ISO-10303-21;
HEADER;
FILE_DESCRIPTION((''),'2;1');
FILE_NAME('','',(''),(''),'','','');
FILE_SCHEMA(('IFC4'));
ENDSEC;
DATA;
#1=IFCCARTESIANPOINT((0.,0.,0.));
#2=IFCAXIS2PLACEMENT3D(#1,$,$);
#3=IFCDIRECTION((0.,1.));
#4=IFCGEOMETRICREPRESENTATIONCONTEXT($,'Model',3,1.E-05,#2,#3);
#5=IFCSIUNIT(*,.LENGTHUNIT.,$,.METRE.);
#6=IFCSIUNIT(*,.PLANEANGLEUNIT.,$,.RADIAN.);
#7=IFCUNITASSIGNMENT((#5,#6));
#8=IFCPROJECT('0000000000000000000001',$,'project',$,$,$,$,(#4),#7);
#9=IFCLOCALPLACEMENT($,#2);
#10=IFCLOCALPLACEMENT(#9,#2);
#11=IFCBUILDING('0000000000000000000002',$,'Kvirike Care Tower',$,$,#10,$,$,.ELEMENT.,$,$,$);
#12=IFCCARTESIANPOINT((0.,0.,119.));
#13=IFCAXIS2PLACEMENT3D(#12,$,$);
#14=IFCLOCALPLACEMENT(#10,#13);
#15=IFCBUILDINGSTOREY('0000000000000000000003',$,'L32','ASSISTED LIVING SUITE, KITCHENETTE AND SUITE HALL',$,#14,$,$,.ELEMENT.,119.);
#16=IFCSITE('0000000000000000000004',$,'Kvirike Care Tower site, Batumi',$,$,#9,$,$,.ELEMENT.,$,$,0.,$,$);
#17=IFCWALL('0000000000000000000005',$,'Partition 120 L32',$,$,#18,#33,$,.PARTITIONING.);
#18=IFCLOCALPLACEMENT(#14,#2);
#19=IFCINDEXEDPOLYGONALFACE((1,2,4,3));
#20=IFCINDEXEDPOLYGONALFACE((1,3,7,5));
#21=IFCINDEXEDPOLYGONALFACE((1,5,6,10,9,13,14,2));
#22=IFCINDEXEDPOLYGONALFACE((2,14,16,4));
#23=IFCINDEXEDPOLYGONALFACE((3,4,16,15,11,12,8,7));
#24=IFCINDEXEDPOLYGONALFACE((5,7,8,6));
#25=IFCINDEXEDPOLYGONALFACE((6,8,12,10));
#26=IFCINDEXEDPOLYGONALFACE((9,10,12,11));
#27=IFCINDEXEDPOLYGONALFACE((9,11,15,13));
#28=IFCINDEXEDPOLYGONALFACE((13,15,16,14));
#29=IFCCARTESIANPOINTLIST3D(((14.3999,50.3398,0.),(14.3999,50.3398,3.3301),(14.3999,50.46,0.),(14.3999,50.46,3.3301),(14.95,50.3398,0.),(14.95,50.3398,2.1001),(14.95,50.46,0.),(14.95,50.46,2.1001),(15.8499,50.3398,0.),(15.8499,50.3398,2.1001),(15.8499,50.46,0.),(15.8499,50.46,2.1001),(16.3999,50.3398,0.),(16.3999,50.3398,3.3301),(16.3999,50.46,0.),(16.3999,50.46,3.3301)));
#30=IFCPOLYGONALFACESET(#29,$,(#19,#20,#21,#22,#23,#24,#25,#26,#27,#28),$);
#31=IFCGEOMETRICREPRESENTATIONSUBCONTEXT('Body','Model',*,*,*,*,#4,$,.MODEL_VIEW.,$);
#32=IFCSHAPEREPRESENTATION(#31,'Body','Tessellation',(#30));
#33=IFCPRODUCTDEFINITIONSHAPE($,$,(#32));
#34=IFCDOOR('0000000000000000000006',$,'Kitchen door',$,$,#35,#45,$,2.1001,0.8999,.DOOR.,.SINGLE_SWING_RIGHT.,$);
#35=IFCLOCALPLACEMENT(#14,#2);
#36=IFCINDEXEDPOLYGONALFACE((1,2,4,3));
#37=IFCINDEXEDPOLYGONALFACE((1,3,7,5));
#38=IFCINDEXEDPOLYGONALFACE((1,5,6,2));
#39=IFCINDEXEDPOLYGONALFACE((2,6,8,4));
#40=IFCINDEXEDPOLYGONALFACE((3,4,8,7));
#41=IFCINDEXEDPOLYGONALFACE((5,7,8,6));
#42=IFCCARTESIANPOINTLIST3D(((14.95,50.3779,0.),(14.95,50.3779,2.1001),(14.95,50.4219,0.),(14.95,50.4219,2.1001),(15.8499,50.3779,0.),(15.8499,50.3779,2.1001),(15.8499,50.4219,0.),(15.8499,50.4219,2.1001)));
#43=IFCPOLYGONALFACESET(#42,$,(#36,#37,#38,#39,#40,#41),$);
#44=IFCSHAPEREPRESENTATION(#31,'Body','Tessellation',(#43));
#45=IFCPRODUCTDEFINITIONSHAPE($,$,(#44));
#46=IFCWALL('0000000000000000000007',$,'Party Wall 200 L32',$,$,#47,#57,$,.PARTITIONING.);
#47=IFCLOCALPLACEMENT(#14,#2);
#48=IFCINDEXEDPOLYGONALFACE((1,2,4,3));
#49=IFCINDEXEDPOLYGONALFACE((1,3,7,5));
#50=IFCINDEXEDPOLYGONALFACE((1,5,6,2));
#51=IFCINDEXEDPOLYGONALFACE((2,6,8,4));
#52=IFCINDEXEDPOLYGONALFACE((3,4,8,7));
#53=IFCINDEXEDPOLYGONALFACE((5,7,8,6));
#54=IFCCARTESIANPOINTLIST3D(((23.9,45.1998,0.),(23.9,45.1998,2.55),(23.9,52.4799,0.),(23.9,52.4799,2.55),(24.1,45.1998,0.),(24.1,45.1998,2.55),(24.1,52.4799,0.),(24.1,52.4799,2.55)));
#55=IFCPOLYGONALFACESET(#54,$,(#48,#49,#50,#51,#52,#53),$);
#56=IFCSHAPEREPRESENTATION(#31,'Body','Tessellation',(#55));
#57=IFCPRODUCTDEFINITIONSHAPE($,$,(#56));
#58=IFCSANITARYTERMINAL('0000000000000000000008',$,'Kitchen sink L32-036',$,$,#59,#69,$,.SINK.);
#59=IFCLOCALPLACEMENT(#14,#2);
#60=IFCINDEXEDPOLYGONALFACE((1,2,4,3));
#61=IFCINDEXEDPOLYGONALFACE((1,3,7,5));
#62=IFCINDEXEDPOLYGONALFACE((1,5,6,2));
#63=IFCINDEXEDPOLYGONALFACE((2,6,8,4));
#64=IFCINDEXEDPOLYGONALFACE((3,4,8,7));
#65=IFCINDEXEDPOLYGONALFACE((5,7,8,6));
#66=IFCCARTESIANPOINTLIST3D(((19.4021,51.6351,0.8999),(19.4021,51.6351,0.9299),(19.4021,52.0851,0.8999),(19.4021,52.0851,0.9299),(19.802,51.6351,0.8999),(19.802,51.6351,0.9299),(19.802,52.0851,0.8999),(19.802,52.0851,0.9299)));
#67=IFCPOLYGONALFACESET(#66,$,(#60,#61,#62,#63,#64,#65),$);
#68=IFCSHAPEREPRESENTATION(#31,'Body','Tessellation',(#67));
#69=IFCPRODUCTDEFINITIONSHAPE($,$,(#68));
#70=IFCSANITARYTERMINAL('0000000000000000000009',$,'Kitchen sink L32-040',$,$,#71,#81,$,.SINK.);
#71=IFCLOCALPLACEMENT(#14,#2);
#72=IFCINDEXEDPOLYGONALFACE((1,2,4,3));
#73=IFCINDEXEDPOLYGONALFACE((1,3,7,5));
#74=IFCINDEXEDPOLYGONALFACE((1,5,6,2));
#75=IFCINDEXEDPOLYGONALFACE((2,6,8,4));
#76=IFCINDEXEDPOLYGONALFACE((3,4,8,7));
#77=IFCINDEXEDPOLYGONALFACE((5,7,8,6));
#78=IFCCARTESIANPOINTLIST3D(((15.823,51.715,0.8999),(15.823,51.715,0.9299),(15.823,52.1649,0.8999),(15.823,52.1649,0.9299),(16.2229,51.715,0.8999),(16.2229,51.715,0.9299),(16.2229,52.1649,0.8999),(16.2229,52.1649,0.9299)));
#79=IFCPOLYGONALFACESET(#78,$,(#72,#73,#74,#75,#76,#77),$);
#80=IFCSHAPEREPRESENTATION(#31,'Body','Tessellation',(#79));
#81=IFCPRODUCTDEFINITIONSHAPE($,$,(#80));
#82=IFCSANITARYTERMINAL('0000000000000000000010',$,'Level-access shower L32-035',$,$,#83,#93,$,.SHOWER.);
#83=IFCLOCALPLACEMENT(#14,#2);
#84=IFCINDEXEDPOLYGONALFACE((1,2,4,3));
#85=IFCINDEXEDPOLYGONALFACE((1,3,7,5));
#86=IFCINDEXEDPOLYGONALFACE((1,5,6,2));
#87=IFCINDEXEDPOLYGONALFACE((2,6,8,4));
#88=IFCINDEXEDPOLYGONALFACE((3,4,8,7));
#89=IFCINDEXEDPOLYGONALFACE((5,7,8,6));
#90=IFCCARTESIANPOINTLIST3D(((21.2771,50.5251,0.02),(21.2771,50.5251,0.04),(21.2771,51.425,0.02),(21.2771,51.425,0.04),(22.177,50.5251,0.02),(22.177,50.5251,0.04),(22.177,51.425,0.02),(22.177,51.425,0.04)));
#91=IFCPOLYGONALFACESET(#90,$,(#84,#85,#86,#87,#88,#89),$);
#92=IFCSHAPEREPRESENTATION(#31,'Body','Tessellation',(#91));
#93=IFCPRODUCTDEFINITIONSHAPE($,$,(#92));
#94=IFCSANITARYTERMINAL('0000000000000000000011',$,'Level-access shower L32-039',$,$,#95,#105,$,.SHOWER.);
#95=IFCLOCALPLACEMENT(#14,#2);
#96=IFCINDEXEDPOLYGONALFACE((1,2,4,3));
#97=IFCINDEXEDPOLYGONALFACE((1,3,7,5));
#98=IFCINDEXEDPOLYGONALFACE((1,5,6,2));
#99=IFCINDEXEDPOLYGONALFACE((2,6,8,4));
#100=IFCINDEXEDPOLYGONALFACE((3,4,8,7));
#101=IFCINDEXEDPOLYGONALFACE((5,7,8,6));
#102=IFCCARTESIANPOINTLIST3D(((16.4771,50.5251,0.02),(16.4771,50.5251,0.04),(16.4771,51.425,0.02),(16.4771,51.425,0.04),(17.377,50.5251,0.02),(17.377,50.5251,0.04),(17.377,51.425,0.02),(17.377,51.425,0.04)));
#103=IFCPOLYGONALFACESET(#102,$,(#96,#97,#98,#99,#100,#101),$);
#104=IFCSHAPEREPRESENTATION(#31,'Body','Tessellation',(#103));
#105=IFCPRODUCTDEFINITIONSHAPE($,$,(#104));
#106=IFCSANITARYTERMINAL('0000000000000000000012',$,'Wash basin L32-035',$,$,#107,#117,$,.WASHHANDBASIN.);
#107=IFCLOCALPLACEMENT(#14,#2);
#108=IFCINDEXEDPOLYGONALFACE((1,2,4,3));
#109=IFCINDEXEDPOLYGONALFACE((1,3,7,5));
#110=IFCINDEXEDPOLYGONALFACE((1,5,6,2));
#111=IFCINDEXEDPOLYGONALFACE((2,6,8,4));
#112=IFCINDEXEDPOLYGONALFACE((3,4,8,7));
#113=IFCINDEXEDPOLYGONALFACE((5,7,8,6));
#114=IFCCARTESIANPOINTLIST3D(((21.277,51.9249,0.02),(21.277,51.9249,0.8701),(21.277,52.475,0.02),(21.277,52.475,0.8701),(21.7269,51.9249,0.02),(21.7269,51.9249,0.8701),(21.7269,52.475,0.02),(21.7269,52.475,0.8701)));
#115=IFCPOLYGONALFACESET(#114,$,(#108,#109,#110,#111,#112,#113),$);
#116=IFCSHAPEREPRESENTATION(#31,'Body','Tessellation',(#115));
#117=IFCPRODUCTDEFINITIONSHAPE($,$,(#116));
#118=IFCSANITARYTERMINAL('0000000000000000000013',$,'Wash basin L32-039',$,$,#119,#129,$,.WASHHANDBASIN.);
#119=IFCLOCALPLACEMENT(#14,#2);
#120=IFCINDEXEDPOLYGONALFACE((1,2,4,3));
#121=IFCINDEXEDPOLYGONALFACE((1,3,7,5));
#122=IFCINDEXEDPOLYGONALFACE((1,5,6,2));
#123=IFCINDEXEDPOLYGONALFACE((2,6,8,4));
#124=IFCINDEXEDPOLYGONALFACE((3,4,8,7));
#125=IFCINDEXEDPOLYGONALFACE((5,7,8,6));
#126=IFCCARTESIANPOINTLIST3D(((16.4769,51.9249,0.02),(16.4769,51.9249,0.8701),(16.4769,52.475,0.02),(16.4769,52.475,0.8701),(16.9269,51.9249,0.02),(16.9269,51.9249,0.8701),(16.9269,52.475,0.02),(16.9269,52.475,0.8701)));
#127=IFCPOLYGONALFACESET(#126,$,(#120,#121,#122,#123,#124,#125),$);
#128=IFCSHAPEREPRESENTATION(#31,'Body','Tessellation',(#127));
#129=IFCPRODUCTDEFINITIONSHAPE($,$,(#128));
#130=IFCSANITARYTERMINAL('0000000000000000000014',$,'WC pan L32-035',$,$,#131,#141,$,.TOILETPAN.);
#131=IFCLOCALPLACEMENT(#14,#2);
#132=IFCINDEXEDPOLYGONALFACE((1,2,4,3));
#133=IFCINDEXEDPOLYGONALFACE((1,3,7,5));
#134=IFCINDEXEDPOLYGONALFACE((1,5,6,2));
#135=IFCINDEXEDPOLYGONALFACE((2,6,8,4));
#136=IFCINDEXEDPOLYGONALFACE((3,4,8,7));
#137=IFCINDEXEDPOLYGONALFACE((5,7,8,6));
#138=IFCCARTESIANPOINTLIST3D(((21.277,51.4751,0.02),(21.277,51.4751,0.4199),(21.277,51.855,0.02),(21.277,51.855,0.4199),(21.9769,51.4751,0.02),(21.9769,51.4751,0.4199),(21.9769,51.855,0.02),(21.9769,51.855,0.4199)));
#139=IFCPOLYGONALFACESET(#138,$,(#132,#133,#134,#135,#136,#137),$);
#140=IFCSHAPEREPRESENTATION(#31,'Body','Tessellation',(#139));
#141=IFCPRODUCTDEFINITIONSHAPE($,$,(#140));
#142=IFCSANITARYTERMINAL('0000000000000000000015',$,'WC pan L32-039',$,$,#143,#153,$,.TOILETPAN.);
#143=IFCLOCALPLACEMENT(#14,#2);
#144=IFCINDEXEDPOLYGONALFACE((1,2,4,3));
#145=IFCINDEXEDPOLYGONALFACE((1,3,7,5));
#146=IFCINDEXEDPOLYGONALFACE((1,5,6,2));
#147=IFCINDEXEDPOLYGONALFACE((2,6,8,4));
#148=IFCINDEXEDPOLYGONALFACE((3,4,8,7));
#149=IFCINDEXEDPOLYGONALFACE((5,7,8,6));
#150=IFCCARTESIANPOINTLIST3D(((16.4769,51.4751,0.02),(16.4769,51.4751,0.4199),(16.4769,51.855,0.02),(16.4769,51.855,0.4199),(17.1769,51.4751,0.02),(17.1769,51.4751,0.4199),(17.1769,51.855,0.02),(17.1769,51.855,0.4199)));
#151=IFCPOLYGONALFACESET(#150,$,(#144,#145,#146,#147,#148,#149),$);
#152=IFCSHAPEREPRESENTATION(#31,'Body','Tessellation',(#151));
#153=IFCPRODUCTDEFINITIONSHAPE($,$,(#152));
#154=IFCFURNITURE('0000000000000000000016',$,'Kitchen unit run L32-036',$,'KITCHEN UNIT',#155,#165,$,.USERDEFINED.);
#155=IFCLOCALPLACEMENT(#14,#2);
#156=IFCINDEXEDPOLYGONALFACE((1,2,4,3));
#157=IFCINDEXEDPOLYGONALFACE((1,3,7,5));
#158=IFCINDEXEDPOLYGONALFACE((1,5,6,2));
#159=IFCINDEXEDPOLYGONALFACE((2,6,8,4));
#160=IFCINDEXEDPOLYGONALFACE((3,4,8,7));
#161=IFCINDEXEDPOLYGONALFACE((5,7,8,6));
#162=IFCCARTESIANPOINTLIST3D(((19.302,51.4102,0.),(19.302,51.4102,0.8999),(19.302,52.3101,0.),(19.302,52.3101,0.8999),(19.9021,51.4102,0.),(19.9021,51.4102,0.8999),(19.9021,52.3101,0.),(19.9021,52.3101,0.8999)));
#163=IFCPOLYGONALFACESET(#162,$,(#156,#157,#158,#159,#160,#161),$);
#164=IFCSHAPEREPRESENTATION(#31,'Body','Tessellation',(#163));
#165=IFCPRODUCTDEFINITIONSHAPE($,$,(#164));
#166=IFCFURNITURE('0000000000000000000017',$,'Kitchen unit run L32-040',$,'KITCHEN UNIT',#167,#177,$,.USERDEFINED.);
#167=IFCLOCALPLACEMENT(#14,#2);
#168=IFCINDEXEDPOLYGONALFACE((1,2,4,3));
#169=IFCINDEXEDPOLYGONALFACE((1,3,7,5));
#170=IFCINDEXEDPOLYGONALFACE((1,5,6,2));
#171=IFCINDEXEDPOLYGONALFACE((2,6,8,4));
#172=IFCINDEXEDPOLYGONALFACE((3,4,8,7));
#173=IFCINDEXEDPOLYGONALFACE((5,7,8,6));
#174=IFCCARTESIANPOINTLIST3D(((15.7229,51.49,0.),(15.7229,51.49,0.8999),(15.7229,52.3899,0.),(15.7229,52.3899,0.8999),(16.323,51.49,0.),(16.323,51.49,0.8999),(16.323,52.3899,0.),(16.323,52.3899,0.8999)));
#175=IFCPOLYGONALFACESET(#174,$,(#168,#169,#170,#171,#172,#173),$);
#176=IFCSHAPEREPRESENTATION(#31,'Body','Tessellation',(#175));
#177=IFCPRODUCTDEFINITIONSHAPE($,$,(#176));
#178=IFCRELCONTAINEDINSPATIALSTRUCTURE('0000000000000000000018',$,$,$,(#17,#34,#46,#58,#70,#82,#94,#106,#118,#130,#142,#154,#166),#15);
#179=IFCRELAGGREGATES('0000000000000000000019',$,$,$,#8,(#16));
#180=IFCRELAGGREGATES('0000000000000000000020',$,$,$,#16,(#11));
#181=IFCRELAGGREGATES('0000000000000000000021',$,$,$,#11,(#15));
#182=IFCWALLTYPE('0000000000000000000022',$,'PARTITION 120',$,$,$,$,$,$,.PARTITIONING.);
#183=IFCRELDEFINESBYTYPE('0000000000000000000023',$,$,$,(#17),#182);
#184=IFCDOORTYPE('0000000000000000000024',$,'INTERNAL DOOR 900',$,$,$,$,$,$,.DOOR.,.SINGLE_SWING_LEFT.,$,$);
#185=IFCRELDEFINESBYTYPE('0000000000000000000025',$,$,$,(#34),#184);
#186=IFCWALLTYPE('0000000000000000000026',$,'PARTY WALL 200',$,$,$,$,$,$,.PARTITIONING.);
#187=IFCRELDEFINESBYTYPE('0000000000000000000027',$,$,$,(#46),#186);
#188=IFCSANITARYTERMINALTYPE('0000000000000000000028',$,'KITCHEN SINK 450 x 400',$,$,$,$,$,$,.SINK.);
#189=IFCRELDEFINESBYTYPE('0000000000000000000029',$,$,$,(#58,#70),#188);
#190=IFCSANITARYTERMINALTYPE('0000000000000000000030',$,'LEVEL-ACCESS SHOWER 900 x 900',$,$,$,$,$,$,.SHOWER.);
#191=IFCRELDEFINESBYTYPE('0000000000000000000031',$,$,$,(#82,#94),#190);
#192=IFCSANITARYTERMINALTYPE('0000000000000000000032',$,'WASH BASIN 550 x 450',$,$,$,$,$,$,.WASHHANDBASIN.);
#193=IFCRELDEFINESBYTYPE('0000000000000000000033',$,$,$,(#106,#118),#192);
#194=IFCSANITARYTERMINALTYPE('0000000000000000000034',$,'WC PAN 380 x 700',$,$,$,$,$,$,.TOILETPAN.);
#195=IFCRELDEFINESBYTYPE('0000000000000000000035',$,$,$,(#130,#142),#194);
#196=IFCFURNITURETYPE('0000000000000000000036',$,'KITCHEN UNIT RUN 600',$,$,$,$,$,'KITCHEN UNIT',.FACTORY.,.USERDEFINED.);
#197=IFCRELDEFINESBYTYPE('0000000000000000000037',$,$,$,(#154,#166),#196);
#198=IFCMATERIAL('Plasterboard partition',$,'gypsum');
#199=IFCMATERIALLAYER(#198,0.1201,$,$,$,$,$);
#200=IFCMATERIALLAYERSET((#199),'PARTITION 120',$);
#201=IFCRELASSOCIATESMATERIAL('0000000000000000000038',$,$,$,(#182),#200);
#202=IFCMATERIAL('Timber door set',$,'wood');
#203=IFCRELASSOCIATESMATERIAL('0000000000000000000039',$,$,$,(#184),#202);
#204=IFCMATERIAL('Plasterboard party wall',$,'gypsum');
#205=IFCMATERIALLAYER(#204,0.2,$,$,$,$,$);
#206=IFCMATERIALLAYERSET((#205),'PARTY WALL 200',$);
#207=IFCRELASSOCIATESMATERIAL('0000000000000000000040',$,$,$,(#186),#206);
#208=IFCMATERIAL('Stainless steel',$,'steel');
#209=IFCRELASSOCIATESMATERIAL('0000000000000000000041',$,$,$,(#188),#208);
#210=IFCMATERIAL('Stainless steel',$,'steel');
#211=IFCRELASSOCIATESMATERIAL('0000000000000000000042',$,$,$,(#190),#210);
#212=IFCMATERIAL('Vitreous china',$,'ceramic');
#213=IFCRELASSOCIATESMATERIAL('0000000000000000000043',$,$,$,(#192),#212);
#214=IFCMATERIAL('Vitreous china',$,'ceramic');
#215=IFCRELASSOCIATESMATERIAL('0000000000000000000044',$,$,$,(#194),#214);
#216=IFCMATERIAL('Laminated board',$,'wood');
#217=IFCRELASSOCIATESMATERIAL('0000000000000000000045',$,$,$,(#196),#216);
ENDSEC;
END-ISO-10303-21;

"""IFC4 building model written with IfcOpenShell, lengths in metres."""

from ifc_helpers import new_model, si_unit, direction, frame, frame_2d, origin, origin_2d, place, context, subcontext, project, spatial, rectangle, extrude, material, layer, layer_set, type_object, element, fill, save


model = new_model("IFC4")

# Units and contexts
model_context = context("Model", 3, precision=1e-05, world=origin(), true_north=direction((0.0, 1.0)))
body_context = subcontext(model_context, "Body", "Model", "MODEL_VIEW")
ifc_project = project(units=[si_unit("LENGTHUNIT", "METRE"), si_unit("PLANEANGLEUNIT", "RADIAN")], contexts=[model_context])

# Site, building, storey
site_placement = place(None, origin())
site = spatial("IfcSite", under=ifc_project, at=site_placement, Name="Kvirike Care Tower site, Batumi", CompositionType="ELEMENT", RefElevation=0.0)
building_placement = place(site_placement, origin())
building = spatial("IfcBuilding", under=site, at=building_placement, Name="Kvirike Care Tower", CompositionType="ELEMENT")
storey_placement = place(building_placement, frame((0.0, 0.0, 119.0)))
storey = spatial("IfcBuildingStorey", under=building, at=storey_placement, Name="L32", Description="ASSISTED LIVING SUITE, KITCHENETTE AND SUITE HALL", CompositionType="ELEMENT", Elevation=119.0)

# Wall, opening, door
ifc_material_1 = material(Name="Plasterboard partition", Category="gypsum")
ifc_layer_1 = layer(ifc_material_1, 0.1201)
ifc_layer_set_1 = layer_set([ifc_layer_1], Name="PARTITION 120")
wall_type_1 = type_object("IfcWallType", Name="PARTITION 120", PredefinedType="PARTITIONING", material=ifc_layer_set_1)
ifc_material_2 = material(Name="Timber door set", Category="wood")
door_type_1 = type_object("IfcDoorType", Name="INTERNAL DOOR 900", OperationType="SINGLE_SWING_LEFT", PredefinedType="DOOR", material=ifc_material_2)
wall_1_placement = place(storey_placement, frame((16.3999, 50.3999, 0.0), z_axis=(0.0, 0.0, 1.0), x_axis=(-1.0, 0.0, 0.0)))
wall_1 = element("IfcWall", 1, at=wall_1_placement, inside=storey, type_object=wall_type_1, Name="Partition 120 L32", PredefinedType="PARTITIONING", context=body_context, shape_type="SweptSolid", body=[
    extrude(rectangle(XDim=2.0, YDim=0.1201, at=frame_2d((1.0, 0.0))), origin(), (0.0, 0.0, 1.0), 3.3301),
])
opening_1_placement = place(wall_1_placement, frame((0.55, 0.0, 0.0)))
opening_1 = element("IfcOpeningElement", 2, at=opening_1_placement, cuts=wall_1, PredefinedType="OPENING", context=body_context, shape_type="SweptSolid", body=[
    extrude(rectangle(XDim=0.8999, YDim=2.1001, at=frame_2d((0.45, 1.05))), frame((0.0, 0.0706, 0.0), z_axis=(0.0, -1.0, 0.0), x_axis=(1.0, 0.0, 0.0)), (0.0, 0.0, 1.0), 0.1411),
])
door_1_placement = place(opening_1_placement, frame((0.8999, 0.0, 0.0), z_axis=(0.0, 0.0, 1.0), x_axis=(-1.0, 0.0, 0.0)))
door_1 = element("IfcDoor", 3, at=door_1_placement, inside=storey, type_object=door_type_1, Name="Kitchen door", OperationType="SINGLE_SWING_RIGHT", OverallHeight=2.1001, OverallWidth=0.8999, PredefinedType="DOOR", context=body_context, shape_type="SweptSolid", body=[
    extrude(rectangle(XDim=0.8999, YDim=2.1001, at=frame_2d((0.45, 1.05))), frame((0.0, 0.022, 0.0), z_axis=(0.0, -1.0, 0.0), x_axis=(1.0, 0.0, 0.0)), (0.0, 0.0, 1.0), 0.0439),
])
fill(opening_1, door_1)

# Wall
ifc_material_3 = material(Name="Plasterboard party wall", Category="gypsum")
ifc_layer_2 = layer(ifc_material_3, 0.2)
ifc_layer_set_2 = layer_set([ifc_layer_2], Name="PARTY WALL 200")
wall_type_2 = type_object("IfcWallType", Name="PARTY WALL 200", PredefinedType="PARTITIONING", material=ifc_layer_set_2)
wall_2_placement = place(storey_placement, frame((24.0, 52.48, 0.0), z_axis=(0.0, 0.0, 1.0), x_axis=(0.0, -1.0, 0.0)))
element("IfcWall", 4, at=wall_2_placement, inside=storey, type_object=wall_type_2, Name="Party Wall 200 L32", PredefinedType="PARTITIONING", context=body_context, shape_type="SweptSolid", body=[
    extrude(rectangle(XDim=7.28, YDim=0.2, at=frame_2d((3.6401, 0.0))), origin(), (0.0, 0.0, 1.0), 2.55),
])

# Sanitary terminals
ifc_material_4 = material(Name="Stainless steel", Category="steel")
sanitary_terminal_type_1 = type_object("IfcSanitaryTerminalType", Name="KITCHEN SINK 450 x 400", PredefinedType="SINK", material=ifc_material_4)
for number, where, z_axis, x_axis, name in (
    (5, (19.6021, 51.8601, 0.8999), (0.0, 0.0, 1.0), (0.0, 1.0, 0.0), "Kitchen sink L32-036"),
    (6, (16.0229, 51.9399, 0.8999), (0.0, 0.0, 1.0), (0.0, -1.0, 0.0), "Kitchen sink L32-040"),
):
    element("IfcSanitaryTerminal", number, at=place(storey_placement, frame(where, z_axis=z_axis, x_axis=x_axis)), inside=storey, type_object=sanitary_terminal_type_1, Name=name, PredefinedType="SINK", context=body_context, shape_type="SweptSolid", body=[
        extrude(rectangle(XDim=0.45, YDim=0.3999, at=origin_2d()), origin(), (0.0, 0.0, 1.0), 0.03),
    ])
ifc_material_5 = material(Name="Stainless steel", Category="steel")
sanitary_terminal_type_2 = type_object("IfcSanitaryTerminalType", Name="LEVEL-ACCESS SHOWER 900 x 900", PredefinedType="SHOWER", material=ifc_material_5)
for number, where, z_axis, x_axis, name in (
    (7, (21.7271, 50.9751, 0.02), (0.0, 0.0, 1.0), (0.0, 1.0, 0.0), "Level-access shower L32-035"),
    (8, (16.927, 50.9751, 0.02), (0.0, 0.0, 1.0), (0.0, 1.0, 0.0), "Level-access shower L32-039"),
):
    element("IfcSanitaryTerminal", number, at=place(storey_placement, frame(where, z_axis=z_axis, x_axis=x_axis)), inside=storey, type_object=sanitary_terminal_type_2, Name=name, PredefinedType="SHOWER", context=body_context, shape_type="SweptSolid", body=[
        extrude(rectangle(XDim=0.8999, YDim=0.8999, at=origin_2d()), origin(), (0.0, 0.0, 1.0), 0.02),
    ])
ifc_material_6 = material(Name="Vitreous china", Category="ceramic")
sanitary_terminal_type_3 = type_object("IfcSanitaryTerminalType", Name="WASH BASIN 550 x 450", PredefinedType="WASHHANDBASIN", material=ifc_material_6)
for number, where, z_axis, x_axis, name in (
    (9, (21.502, 52.2, 0.02), (0.0, 0.0, 1.0), (0.0, 1.0, 0.0), "Wash basin L32-035"),
    (10, (16.7019, 52.2, 0.02), (0.0, 0.0, 1.0), (0.0, 1.0, 0.0), "Wash basin L32-039"),
):
    element("IfcSanitaryTerminal", number, at=place(storey_placement, frame(where, z_axis=z_axis, x_axis=x_axis)), inside=storey, type_object=sanitary_terminal_type_3, Name=name, PredefinedType="WASHHANDBASIN", context=body_context, shape_type="SweptSolid", body=[
        extrude(rectangle(XDim=0.55, YDim=0.45, at=origin_2d()), origin(), (0.0, 0.0, 1.0), 0.8501),
    ])
ifc_material_7 = material(Name="Vitreous china", Category="ceramic")
sanitary_terminal_type_4 = type_object("IfcSanitaryTerminalType", Name="WC PAN 380 x 700", PredefinedType="TOILETPAN", material=ifc_material_7)
for number, where, z_axis, x_axis, name in (
    (11, (21.627, 51.665, 0.02), (0.0, 0.0, 1.0), (0.0, 1.0, 0.0), "WC pan L32-035"),
    (12, (16.8269, 51.665, 0.02), (0.0, 0.0, 1.0), (0.0, 1.0, 0.0), "WC pan L32-039"),
):
    element("IfcSanitaryTerminal", number, at=place(storey_placement, frame(where, z_axis=z_axis, x_axis=x_axis)), inside=storey, type_object=sanitary_terminal_type_4, Name=name, PredefinedType="TOILETPAN", context=body_context, shape_type="SweptSolid", body=[
        extrude(rectangle(XDim=0.3799, YDim=0.7, at=origin_2d()), origin(), (0.0, 0.0, 1.0), 0.3999),
    ])

# Furniture
ifc_material_8 = material(Name="Laminated board", Category="wood")
furniture_type = type_object("IfcFurnitureType", Name="KITCHEN UNIT RUN 600", ElementType="KITCHEN UNIT", AssemblyPlace="FACTORY", PredefinedType="USERDEFINED", material=ifc_material_8)
for number, where, z_axis, x_axis, name in (
    (13, (19.6021, 51.8601, 0.0), (0.0, 0.0, 1.0), (0.0, 1.0, 0.0), "Kitchen unit run L32-036"),
    (14, (16.0229, 51.9399, 0.0), (0.0, 0.0, 1.0), (0.0, -1.0, 0.0), "Kitchen unit run L32-040"),
):
    element("IfcFurniture", number, at=place(storey_placement, frame(where, z_axis=z_axis, x_axis=x_axis)), inside=storey, type_object=furniture_type, Name=name, ObjectType="KITCHEN UNIT", PredefinedType="USERDEFINED", context=body_context, shape_type="SweptSolid", body=[
        extrude(rectangle(XDim=0.8999, YDim=0.6001, at=origin_2d()), origin(), (0.0, 0.0, 1.0), 0.8999),
    ])

save(model, "model.ifc")
